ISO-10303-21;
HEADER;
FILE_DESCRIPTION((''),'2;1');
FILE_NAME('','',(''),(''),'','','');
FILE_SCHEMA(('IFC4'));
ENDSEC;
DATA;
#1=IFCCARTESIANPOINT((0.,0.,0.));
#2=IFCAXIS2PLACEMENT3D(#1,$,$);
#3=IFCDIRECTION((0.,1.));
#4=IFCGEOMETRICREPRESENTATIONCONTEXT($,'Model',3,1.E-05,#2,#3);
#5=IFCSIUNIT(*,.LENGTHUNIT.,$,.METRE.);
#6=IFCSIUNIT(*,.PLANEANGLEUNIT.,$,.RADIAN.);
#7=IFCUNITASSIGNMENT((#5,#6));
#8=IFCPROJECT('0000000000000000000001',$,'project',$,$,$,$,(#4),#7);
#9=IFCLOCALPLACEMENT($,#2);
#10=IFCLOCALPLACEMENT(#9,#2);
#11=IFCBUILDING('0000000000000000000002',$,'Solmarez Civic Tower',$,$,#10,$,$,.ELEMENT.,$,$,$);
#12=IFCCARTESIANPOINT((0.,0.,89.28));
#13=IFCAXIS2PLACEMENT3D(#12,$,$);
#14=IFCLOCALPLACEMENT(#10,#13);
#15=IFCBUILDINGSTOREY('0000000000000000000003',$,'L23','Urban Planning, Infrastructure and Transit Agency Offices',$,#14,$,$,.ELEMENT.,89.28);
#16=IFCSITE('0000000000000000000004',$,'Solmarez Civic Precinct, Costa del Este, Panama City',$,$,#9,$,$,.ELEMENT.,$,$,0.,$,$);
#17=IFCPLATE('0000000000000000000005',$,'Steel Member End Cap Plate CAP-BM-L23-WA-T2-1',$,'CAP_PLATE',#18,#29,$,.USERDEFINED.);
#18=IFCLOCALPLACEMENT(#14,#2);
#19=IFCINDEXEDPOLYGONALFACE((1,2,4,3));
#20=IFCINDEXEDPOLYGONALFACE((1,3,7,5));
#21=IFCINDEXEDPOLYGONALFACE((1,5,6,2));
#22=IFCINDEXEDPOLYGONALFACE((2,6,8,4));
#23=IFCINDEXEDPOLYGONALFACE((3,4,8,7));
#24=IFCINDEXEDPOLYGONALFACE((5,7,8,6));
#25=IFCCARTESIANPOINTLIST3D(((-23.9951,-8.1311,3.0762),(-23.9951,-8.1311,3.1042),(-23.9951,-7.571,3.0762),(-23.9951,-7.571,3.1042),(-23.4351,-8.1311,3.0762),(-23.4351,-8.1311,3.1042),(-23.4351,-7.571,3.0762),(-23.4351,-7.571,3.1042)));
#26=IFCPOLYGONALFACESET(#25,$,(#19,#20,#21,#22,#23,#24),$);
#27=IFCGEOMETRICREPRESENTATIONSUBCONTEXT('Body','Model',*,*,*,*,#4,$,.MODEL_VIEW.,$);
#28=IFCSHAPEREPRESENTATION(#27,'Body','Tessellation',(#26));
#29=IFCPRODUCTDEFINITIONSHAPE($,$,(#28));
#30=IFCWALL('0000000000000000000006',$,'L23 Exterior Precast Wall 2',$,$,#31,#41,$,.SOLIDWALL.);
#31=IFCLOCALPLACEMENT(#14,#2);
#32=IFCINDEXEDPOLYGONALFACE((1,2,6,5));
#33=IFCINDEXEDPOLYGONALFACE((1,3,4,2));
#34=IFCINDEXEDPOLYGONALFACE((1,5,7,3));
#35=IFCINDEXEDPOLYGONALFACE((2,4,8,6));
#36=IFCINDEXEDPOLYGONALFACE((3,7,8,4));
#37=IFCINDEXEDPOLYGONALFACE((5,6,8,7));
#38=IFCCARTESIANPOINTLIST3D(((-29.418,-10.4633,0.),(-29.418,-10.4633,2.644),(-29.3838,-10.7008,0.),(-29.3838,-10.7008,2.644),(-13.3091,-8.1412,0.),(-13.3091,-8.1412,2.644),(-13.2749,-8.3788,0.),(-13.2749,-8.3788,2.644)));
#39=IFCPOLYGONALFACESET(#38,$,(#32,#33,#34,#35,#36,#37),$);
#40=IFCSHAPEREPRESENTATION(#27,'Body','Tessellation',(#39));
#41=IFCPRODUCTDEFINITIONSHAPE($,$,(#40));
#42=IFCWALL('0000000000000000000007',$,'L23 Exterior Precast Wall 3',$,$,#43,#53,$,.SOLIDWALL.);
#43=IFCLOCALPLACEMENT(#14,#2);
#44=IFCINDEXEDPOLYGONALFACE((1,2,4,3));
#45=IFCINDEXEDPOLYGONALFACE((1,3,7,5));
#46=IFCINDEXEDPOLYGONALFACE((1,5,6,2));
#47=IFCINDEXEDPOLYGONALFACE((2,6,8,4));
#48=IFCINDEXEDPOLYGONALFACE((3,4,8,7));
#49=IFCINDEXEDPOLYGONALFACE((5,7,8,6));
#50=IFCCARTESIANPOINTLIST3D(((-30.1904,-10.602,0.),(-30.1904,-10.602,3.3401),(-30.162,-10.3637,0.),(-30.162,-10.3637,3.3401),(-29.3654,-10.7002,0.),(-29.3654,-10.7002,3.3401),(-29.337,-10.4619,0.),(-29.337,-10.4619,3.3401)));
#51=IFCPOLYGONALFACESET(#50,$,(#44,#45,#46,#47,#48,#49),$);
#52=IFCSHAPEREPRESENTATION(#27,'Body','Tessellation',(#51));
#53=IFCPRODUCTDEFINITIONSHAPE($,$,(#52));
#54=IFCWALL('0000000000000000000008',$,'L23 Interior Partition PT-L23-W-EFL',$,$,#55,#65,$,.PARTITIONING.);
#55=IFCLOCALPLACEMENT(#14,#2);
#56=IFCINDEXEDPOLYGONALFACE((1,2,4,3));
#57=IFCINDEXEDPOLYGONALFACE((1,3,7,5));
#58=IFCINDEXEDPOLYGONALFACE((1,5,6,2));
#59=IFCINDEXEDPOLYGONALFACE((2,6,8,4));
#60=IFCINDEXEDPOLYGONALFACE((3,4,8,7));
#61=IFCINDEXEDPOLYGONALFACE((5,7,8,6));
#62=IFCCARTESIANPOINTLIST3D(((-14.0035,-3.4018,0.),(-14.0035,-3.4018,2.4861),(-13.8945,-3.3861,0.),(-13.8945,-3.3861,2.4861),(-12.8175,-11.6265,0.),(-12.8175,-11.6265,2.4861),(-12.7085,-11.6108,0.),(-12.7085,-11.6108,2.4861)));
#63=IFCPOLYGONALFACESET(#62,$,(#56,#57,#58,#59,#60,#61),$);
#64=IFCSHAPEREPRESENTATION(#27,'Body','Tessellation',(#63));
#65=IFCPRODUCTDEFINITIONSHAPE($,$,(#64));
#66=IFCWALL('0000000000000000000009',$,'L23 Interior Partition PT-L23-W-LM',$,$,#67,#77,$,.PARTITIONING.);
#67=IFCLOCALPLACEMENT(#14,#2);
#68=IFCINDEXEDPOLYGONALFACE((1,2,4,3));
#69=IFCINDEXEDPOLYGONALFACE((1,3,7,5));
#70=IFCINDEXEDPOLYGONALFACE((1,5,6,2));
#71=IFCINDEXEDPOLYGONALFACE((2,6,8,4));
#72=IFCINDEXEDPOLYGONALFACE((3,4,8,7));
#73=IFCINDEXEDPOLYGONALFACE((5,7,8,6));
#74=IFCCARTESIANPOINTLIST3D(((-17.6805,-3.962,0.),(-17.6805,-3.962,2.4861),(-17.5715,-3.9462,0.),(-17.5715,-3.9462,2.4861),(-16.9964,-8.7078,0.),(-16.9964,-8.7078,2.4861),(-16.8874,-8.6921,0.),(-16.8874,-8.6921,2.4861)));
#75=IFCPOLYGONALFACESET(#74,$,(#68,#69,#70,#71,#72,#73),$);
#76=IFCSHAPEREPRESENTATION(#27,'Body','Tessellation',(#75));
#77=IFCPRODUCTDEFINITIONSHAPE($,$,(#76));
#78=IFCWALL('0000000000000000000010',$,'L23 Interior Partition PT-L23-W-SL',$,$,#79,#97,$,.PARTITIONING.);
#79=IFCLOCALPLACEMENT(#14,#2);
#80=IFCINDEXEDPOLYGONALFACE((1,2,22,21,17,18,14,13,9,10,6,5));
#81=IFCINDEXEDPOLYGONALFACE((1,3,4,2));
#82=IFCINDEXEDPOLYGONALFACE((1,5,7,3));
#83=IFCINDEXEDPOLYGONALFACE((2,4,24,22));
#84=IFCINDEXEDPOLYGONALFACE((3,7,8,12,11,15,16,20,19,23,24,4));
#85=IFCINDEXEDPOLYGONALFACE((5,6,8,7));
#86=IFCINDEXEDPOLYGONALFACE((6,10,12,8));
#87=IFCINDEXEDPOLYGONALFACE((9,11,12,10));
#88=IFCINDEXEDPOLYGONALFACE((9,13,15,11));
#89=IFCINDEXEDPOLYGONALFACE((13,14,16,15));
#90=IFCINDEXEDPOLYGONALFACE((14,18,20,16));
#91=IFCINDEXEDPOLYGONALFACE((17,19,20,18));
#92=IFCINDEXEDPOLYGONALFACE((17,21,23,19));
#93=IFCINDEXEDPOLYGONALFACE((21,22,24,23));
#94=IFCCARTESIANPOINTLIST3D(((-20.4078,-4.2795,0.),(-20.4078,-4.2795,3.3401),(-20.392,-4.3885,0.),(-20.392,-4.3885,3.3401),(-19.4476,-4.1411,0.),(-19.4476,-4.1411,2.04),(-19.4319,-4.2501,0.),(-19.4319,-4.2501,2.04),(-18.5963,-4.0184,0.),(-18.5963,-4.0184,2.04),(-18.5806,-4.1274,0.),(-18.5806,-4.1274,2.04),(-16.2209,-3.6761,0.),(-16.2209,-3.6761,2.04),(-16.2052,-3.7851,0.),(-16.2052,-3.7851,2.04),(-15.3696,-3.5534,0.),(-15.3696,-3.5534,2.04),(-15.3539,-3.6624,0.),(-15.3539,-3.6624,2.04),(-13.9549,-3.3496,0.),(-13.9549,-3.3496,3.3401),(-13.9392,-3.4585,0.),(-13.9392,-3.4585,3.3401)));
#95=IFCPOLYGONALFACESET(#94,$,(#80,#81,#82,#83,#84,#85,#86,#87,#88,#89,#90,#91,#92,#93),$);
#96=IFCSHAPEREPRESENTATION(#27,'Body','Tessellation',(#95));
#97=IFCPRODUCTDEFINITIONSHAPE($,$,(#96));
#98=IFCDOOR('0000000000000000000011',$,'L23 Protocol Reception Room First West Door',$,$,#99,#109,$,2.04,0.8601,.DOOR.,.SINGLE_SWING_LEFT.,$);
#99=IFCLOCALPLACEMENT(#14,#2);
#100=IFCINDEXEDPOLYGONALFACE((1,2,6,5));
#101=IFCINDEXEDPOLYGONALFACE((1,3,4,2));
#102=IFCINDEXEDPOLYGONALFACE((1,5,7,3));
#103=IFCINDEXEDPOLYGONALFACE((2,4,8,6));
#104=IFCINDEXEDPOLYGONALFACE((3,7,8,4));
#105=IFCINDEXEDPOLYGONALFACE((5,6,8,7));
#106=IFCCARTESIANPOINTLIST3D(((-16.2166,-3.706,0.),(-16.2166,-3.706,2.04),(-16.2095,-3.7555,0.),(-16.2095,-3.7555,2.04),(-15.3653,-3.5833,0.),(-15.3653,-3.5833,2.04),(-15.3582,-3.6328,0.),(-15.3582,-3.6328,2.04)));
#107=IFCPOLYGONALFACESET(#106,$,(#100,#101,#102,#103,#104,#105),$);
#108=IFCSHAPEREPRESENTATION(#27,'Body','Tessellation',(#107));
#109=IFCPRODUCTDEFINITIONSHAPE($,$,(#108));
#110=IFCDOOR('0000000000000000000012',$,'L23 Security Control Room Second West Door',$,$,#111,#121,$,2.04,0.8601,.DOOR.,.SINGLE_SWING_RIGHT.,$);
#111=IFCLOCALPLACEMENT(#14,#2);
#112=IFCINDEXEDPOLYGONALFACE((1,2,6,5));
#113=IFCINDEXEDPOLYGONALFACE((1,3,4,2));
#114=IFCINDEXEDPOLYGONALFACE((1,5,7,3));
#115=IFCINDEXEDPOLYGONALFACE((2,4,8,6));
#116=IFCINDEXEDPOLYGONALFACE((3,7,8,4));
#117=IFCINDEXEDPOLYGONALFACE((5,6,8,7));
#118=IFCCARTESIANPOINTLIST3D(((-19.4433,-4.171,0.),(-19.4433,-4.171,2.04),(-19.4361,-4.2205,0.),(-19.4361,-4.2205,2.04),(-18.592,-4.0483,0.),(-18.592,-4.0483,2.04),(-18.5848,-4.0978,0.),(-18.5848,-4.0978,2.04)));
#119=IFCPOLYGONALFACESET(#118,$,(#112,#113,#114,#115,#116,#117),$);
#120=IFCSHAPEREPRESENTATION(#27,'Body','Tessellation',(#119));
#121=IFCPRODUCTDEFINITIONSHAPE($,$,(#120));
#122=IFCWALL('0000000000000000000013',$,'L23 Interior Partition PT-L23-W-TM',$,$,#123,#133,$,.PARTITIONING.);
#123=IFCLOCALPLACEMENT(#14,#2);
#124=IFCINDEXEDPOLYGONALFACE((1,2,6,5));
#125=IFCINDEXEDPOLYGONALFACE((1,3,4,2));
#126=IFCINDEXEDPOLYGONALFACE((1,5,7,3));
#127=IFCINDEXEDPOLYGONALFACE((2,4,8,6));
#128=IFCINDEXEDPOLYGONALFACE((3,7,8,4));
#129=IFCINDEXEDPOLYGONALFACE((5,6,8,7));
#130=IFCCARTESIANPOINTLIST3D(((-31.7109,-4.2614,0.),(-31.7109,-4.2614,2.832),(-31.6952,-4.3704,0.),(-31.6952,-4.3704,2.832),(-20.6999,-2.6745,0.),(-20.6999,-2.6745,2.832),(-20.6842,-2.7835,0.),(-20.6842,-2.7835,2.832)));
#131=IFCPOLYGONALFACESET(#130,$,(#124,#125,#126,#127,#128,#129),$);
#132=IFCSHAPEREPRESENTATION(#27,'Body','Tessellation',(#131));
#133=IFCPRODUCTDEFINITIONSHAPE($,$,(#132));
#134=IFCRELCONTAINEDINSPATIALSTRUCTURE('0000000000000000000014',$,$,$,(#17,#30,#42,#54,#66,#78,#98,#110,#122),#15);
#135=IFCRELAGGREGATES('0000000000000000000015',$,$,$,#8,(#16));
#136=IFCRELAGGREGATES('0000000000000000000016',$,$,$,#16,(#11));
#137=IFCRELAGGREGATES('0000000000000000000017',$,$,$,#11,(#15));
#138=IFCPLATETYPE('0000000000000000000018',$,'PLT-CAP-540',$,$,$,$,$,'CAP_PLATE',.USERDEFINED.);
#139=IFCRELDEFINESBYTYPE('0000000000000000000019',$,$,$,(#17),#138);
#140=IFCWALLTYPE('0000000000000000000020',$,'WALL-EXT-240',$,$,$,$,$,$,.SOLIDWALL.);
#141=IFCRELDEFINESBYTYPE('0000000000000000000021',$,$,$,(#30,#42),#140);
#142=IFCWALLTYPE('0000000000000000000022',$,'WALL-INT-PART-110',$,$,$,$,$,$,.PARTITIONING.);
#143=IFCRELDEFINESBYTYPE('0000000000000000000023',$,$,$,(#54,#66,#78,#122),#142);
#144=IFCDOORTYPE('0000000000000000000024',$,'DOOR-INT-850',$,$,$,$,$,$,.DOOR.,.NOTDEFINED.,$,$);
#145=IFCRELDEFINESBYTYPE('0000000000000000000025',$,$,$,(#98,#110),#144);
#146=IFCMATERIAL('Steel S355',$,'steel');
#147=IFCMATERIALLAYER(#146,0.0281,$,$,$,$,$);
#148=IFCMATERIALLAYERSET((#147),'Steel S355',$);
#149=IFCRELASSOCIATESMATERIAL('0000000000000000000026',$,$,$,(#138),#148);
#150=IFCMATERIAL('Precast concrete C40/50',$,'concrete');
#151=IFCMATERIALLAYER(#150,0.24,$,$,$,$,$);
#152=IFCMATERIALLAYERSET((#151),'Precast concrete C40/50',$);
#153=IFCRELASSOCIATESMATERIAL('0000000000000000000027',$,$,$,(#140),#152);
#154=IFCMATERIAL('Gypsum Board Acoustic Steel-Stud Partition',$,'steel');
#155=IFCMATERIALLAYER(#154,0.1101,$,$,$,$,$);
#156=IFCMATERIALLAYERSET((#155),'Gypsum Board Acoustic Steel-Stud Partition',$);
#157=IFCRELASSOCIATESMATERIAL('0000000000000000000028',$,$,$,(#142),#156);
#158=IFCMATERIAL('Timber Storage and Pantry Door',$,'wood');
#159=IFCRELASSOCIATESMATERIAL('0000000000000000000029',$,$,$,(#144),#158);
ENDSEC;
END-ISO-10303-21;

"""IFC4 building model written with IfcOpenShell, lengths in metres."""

from ifc_helpers import new_model, si_unit, direction, frame, frame_2d, origin, origin_2d, place, context, subcontext, project, spatial, rectangle, extrude, material, layer, layer_set, type_object, element, fill, save


model = new_model("IFC4")

# Units and contexts
model_context = context("Model", 3, precision=1e-05, world=origin(), true_north=direction((0.0, 1.0)))
body_context = subcontext(model_context, "Body", "Model", "MODEL_VIEW")
ifc_project = project(units=[si_unit("LENGTHUNIT", "METRE"), si_unit("PLANEANGLEUNIT", "RADIAN")], contexts=[model_context])

# Site, building, storey
site_placement = place(None, origin())
site = spatial("IfcSite", under=ifc_project, at=site_placement, Name="Solmarez Civic Precinct, Costa del Este, Panama City", CompositionType="ELEMENT", RefElevation=0.0)
building_placement = place(site_placement, origin())
building = spatial("IfcBuilding", under=site, at=building_placement, Name="Solmarez Civic Tower", CompositionType="ELEMENT")
storey_placement = place(building_placement, frame((0.0, 0.0, 89.28)))
storey = spatial("IfcBuildingStorey", under=building, at=storey_placement, Name="L23", Description="Urban Planning, Infrastructure and Transit Agency Offices", CompositionType="ELEMENT", Elevation=89.28)

# Shared definitions
ifc_material_1 = material(Name="Steel S355", Category="steel")

# Plate
ifc_layer_1 = layer(ifc_material_1, 0.0281)
ifc_layer_set_1 = layer_set([ifc_layer_1], Name="Steel S355")
plate_type_1 = type_object("IfcPlateType", Name="PLT-CAP-540", ElementType="CAP_PLATE", PredefinedType="USERDEFINED", material=ifc_layer_set_1)
plate_placement = place(storey_placement, frame((-23.7151, -7.8511, 3.0762), z_axis=(0.0, 0.0, 1.0), x_axis=(1.0, 0.0, 0.0)))
element("IfcPlate", 1, at=plate_placement, inside=storey, type_object=plate_type_1, Name="Steel Member End Cap Plate CAP-BM-L23-WA-T2-1", ObjectType="CAP_PLATE", PredefinedType="USERDEFINED", context=body_context, shape_type="SweptSolid", body=[
    extrude(rectangle(XDim=0.5601, YDim=0.5601, at=origin_2d()), origin(), (0.0, 0.0, 1.0), 0.0281),
])

# Walls
ifc_material_2 = material(Name="Precast concrete C40/50", Category="concrete")
ifc_layer_2 = layer(ifc_material_2, 0.24)
ifc_layer_set_2 = layer_set([ifc_layer_2], Name="Precast concrete C40/50")
wall_type_1 = type_object("IfcWallType", Name="WALL-EXT-240", PredefinedType="SOLIDWALL", material=ifc_layer_set_2)
wall_1_placement = place(storey_placement, frame((-13.292, -8.26, 0.0), z_axis=(0.0, 0.0, 1.0), x_axis=(-0.98977, -0.142671, 0.0)))
element("IfcWall", 2, at=wall_1_placement, inside=storey, type_object=wall_type_1, Name="L23 Exterior Precast Wall 2", PredefinedType="SOLIDWALL", context=body_context, shape_type="SweptSolid", body=[
    extrude(rectangle(XDim=16.2754, YDim=0.24, at=frame_2d((8.1377, 0.0))), origin(), (0.0, 0.0, 1.0), 2.644),
])
wall_2_placement = place(storey_placement, frame((-29.3511, -10.5811, 0.0), z_axis=(0.0, 0.0, 1.0), x_axis=(-0.992997, 0.118137, 0.0)))
element("IfcWall", 3, at=wall_2_placement, inside=storey, type_object=wall_type_1, Name="L23 Exterior Precast Wall 3", PredefinedType="SOLIDWALL", context=body_context, shape_type="SweptSolid", body=[
    extrude(rectangle(XDim=0.8308, YDim=0.24, at=frame_2d((0.4155, 0.0))), origin(), (0.0, 0.0, 1.0), 3.3401),
])
ifc_material_3 = material(Name="Gypsum Board Acoustic Steel-Stud Partition", Category="steel")
ifc_layer_3 = layer(ifc_material_3, 0.1101)
ifc_layer_set_3 = layer_set([ifc_layer_3], Name="Gypsum Board Acoustic Steel-Stud Partition")
wall_type_2 = type_object("IfcWallType", Name="WALL-INT-PART-110", PredefinedType="PARTITIONING", material=ifc_layer_set_3)
wall_3_placement = place(storey_placement, frame((-13.949, -3.394, 0.0), z_axis=(0.0, 0.0, 1.0), x_axis=(0.142725, -0.989762, 0.0)))
element("IfcWall", 4, at=wall_3_placement, inside=storey, type_object=wall_type_2, Name="L23 Interior Partition PT-L23-W-EFL", PredefinedType="PARTITIONING", context=body_context, shape_type="SweptSolid", body=[
    extrude(rectangle(XDim=8.3098, YDim=0.1101, at=frame_2d((4.1548, 0.0))), origin(), (0.0, 0.0, 1.0), 2.4861),
])
wall_4_placement = place(storey_placement, frame((-17.626, -3.9541, 0.0), z_axis=(0.0, 0.0, 1.0), x_axis=(0.142669, -0.98977, 0.0)))
element("IfcWall", 5, at=wall_4_placement, inside=storey, type_object=wall_type_2, Name="L23 Interior Partition PT-L23-W-LM", PredefinedType="PARTITIONING", context=body_context, shape_type="SweptSolid", body=[
    extrude(rectangle(XDim=4.7949, YDim=0.1101, at=frame_2d((2.3975, 0.0))), origin(), (0.0, 0.0, 1.0), 2.4861),
])

# Wall, openings, doors
wall_5_placement = place(storey_placement, frame((-20.3999, -4.334, 0.0), z_axis=(0.0, 0.0, 1.0), x_axis=(0.989775, 0.142638, 0.0)))
wall_5 = element("IfcWall", 6, at=wall_5_placement, inside=storey, type_object=wall_type_2, Name="L23 Interior Partition PT-L23-W-SL", PredefinedType="PARTITIONING", context=body_context, shape_type="SweptSolid", body=[
    extrude(rectangle(XDim=6.5195, YDim=0.1101, at=frame_2d((3.2598, 0.0))), origin(), (0.0, 0.0, 1.0), 3.3401),
])
opening_1_placement = place(wall_5_placement, frame((4.23, 0.0, 0.0)))
opening_1 = element("IfcOpeningElement", 7, at=opening_1_placement, cuts=wall_5, PredefinedType="OPENING", context=body_context, shape_type="SweptSolid", body=[
    extrude(rectangle(XDim=0.8601, YDim=2.04, at=frame_2d((0.4302, 1.02))), frame((0.0, 0.0649, 0.0), z_axis=(0.0, -1.0, 0.0), x_axis=(1.0, 0.0, 0.0)), (0.0, 0.0, 1.0), 0.1301),
])
opening_2_placement = place(wall_5_placement, frame((0.97, 0.0, 0.0)))
opening_2 = element("IfcOpeningElement", 8, at=opening_2_placement, cuts=wall_5, PredefinedType="OPENING", context=body_context, shape_type="SweptSolid", body=[
    extrude(rectangle(XDim=0.8601, YDim=2.04, at=frame_2d((0.4302, 1.02))), frame((0.0, 0.0649, 0.0), z_axis=(0.0, -1.0, 0.0), x_axis=(1.0, 0.0, 0.0)), (0.0, 0.0, 1.0), 0.1301),
])
ifc_material_4 = material(Name="Timber Storage and Pantry Door", Category="wood")
door_type = type_object("IfcDoorType", Name="DOOR-INT-850", OperationType="NOTDEFINED", PredefinedType="DOOR", material=ifc_material_4)
door_1_placement = place(opening_1_placement, origin())
door_1 = element("IfcDoor", 9, at=door_1_placement, inside=storey, type_object=door_type, Name="L23 Protocol Reception Room First West Door", OperationType="SINGLE_SWING_LEFT", OverallHeight=2.04, OverallWidth=0.8601, PredefinedType="DOOR", context=body_context, shape_type="SweptSolid", body=[
    extrude(rectangle(XDim=0.8601, YDim=2.04, at=frame_2d((0.4302, 1.02))), frame((0.0, 0.0249, 0.0), z_axis=(0.0, -1.0, 0.0), x_axis=(1.0, 0.0, 0.0)), (0.0, 0.0, 1.0), 0.05),
])
fill(opening_1, door_1)
door_2_placement = place(opening_2_placement, origin())
door_2 = element("IfcDoor", 10, at=door_2_placement, inside=storey, type_object=door_type, Name="L23 Security Control Room Second West Door", OperationType="SINGLE_SWING_RIGHT", OverallHeight=2.04, OverallWidth=0.8601, PredefinedType="DOOR", context=body_context, shape_type="SweptSolid", body=[
    extrude(rectangle(XDim=0.8601, YDim=2.04, at=frame_2d((0.4302, 1.02))), frame((0.0, 0.0249, 0.0), z_axis=(0.0, -1.0, 0.0), x_axis=(1.0, 0.0, 0.0)), (0.0, 0.0, 1.0), 0.05),
])
fill(opening_2, door_2)

# Wall
wall_6_placement = place(storey_placement, frame((-20.6919, -2.729, 0.0), z_axis=(0.0, 0.0, 1.0), x_axis=(-0.989774, -0.142647, 0.0)))
element("IfcWall", 11, at=wall_6_placement, inside=storey, type_object=wall_type_2, Name="L23 Interior Partition PT-L23-W-TM", PredefinedType="PARTITIONING", context=body_context, shape_type="SweptSolid", body=[
    extrude(rectangle(XDim=11.1248, YDim=0.1101, at=frame_2d((5.5625, 0.0))), origin(), (0.0, 0.0, 1.0), 2.832),
])

save(model, "model.ifc")
